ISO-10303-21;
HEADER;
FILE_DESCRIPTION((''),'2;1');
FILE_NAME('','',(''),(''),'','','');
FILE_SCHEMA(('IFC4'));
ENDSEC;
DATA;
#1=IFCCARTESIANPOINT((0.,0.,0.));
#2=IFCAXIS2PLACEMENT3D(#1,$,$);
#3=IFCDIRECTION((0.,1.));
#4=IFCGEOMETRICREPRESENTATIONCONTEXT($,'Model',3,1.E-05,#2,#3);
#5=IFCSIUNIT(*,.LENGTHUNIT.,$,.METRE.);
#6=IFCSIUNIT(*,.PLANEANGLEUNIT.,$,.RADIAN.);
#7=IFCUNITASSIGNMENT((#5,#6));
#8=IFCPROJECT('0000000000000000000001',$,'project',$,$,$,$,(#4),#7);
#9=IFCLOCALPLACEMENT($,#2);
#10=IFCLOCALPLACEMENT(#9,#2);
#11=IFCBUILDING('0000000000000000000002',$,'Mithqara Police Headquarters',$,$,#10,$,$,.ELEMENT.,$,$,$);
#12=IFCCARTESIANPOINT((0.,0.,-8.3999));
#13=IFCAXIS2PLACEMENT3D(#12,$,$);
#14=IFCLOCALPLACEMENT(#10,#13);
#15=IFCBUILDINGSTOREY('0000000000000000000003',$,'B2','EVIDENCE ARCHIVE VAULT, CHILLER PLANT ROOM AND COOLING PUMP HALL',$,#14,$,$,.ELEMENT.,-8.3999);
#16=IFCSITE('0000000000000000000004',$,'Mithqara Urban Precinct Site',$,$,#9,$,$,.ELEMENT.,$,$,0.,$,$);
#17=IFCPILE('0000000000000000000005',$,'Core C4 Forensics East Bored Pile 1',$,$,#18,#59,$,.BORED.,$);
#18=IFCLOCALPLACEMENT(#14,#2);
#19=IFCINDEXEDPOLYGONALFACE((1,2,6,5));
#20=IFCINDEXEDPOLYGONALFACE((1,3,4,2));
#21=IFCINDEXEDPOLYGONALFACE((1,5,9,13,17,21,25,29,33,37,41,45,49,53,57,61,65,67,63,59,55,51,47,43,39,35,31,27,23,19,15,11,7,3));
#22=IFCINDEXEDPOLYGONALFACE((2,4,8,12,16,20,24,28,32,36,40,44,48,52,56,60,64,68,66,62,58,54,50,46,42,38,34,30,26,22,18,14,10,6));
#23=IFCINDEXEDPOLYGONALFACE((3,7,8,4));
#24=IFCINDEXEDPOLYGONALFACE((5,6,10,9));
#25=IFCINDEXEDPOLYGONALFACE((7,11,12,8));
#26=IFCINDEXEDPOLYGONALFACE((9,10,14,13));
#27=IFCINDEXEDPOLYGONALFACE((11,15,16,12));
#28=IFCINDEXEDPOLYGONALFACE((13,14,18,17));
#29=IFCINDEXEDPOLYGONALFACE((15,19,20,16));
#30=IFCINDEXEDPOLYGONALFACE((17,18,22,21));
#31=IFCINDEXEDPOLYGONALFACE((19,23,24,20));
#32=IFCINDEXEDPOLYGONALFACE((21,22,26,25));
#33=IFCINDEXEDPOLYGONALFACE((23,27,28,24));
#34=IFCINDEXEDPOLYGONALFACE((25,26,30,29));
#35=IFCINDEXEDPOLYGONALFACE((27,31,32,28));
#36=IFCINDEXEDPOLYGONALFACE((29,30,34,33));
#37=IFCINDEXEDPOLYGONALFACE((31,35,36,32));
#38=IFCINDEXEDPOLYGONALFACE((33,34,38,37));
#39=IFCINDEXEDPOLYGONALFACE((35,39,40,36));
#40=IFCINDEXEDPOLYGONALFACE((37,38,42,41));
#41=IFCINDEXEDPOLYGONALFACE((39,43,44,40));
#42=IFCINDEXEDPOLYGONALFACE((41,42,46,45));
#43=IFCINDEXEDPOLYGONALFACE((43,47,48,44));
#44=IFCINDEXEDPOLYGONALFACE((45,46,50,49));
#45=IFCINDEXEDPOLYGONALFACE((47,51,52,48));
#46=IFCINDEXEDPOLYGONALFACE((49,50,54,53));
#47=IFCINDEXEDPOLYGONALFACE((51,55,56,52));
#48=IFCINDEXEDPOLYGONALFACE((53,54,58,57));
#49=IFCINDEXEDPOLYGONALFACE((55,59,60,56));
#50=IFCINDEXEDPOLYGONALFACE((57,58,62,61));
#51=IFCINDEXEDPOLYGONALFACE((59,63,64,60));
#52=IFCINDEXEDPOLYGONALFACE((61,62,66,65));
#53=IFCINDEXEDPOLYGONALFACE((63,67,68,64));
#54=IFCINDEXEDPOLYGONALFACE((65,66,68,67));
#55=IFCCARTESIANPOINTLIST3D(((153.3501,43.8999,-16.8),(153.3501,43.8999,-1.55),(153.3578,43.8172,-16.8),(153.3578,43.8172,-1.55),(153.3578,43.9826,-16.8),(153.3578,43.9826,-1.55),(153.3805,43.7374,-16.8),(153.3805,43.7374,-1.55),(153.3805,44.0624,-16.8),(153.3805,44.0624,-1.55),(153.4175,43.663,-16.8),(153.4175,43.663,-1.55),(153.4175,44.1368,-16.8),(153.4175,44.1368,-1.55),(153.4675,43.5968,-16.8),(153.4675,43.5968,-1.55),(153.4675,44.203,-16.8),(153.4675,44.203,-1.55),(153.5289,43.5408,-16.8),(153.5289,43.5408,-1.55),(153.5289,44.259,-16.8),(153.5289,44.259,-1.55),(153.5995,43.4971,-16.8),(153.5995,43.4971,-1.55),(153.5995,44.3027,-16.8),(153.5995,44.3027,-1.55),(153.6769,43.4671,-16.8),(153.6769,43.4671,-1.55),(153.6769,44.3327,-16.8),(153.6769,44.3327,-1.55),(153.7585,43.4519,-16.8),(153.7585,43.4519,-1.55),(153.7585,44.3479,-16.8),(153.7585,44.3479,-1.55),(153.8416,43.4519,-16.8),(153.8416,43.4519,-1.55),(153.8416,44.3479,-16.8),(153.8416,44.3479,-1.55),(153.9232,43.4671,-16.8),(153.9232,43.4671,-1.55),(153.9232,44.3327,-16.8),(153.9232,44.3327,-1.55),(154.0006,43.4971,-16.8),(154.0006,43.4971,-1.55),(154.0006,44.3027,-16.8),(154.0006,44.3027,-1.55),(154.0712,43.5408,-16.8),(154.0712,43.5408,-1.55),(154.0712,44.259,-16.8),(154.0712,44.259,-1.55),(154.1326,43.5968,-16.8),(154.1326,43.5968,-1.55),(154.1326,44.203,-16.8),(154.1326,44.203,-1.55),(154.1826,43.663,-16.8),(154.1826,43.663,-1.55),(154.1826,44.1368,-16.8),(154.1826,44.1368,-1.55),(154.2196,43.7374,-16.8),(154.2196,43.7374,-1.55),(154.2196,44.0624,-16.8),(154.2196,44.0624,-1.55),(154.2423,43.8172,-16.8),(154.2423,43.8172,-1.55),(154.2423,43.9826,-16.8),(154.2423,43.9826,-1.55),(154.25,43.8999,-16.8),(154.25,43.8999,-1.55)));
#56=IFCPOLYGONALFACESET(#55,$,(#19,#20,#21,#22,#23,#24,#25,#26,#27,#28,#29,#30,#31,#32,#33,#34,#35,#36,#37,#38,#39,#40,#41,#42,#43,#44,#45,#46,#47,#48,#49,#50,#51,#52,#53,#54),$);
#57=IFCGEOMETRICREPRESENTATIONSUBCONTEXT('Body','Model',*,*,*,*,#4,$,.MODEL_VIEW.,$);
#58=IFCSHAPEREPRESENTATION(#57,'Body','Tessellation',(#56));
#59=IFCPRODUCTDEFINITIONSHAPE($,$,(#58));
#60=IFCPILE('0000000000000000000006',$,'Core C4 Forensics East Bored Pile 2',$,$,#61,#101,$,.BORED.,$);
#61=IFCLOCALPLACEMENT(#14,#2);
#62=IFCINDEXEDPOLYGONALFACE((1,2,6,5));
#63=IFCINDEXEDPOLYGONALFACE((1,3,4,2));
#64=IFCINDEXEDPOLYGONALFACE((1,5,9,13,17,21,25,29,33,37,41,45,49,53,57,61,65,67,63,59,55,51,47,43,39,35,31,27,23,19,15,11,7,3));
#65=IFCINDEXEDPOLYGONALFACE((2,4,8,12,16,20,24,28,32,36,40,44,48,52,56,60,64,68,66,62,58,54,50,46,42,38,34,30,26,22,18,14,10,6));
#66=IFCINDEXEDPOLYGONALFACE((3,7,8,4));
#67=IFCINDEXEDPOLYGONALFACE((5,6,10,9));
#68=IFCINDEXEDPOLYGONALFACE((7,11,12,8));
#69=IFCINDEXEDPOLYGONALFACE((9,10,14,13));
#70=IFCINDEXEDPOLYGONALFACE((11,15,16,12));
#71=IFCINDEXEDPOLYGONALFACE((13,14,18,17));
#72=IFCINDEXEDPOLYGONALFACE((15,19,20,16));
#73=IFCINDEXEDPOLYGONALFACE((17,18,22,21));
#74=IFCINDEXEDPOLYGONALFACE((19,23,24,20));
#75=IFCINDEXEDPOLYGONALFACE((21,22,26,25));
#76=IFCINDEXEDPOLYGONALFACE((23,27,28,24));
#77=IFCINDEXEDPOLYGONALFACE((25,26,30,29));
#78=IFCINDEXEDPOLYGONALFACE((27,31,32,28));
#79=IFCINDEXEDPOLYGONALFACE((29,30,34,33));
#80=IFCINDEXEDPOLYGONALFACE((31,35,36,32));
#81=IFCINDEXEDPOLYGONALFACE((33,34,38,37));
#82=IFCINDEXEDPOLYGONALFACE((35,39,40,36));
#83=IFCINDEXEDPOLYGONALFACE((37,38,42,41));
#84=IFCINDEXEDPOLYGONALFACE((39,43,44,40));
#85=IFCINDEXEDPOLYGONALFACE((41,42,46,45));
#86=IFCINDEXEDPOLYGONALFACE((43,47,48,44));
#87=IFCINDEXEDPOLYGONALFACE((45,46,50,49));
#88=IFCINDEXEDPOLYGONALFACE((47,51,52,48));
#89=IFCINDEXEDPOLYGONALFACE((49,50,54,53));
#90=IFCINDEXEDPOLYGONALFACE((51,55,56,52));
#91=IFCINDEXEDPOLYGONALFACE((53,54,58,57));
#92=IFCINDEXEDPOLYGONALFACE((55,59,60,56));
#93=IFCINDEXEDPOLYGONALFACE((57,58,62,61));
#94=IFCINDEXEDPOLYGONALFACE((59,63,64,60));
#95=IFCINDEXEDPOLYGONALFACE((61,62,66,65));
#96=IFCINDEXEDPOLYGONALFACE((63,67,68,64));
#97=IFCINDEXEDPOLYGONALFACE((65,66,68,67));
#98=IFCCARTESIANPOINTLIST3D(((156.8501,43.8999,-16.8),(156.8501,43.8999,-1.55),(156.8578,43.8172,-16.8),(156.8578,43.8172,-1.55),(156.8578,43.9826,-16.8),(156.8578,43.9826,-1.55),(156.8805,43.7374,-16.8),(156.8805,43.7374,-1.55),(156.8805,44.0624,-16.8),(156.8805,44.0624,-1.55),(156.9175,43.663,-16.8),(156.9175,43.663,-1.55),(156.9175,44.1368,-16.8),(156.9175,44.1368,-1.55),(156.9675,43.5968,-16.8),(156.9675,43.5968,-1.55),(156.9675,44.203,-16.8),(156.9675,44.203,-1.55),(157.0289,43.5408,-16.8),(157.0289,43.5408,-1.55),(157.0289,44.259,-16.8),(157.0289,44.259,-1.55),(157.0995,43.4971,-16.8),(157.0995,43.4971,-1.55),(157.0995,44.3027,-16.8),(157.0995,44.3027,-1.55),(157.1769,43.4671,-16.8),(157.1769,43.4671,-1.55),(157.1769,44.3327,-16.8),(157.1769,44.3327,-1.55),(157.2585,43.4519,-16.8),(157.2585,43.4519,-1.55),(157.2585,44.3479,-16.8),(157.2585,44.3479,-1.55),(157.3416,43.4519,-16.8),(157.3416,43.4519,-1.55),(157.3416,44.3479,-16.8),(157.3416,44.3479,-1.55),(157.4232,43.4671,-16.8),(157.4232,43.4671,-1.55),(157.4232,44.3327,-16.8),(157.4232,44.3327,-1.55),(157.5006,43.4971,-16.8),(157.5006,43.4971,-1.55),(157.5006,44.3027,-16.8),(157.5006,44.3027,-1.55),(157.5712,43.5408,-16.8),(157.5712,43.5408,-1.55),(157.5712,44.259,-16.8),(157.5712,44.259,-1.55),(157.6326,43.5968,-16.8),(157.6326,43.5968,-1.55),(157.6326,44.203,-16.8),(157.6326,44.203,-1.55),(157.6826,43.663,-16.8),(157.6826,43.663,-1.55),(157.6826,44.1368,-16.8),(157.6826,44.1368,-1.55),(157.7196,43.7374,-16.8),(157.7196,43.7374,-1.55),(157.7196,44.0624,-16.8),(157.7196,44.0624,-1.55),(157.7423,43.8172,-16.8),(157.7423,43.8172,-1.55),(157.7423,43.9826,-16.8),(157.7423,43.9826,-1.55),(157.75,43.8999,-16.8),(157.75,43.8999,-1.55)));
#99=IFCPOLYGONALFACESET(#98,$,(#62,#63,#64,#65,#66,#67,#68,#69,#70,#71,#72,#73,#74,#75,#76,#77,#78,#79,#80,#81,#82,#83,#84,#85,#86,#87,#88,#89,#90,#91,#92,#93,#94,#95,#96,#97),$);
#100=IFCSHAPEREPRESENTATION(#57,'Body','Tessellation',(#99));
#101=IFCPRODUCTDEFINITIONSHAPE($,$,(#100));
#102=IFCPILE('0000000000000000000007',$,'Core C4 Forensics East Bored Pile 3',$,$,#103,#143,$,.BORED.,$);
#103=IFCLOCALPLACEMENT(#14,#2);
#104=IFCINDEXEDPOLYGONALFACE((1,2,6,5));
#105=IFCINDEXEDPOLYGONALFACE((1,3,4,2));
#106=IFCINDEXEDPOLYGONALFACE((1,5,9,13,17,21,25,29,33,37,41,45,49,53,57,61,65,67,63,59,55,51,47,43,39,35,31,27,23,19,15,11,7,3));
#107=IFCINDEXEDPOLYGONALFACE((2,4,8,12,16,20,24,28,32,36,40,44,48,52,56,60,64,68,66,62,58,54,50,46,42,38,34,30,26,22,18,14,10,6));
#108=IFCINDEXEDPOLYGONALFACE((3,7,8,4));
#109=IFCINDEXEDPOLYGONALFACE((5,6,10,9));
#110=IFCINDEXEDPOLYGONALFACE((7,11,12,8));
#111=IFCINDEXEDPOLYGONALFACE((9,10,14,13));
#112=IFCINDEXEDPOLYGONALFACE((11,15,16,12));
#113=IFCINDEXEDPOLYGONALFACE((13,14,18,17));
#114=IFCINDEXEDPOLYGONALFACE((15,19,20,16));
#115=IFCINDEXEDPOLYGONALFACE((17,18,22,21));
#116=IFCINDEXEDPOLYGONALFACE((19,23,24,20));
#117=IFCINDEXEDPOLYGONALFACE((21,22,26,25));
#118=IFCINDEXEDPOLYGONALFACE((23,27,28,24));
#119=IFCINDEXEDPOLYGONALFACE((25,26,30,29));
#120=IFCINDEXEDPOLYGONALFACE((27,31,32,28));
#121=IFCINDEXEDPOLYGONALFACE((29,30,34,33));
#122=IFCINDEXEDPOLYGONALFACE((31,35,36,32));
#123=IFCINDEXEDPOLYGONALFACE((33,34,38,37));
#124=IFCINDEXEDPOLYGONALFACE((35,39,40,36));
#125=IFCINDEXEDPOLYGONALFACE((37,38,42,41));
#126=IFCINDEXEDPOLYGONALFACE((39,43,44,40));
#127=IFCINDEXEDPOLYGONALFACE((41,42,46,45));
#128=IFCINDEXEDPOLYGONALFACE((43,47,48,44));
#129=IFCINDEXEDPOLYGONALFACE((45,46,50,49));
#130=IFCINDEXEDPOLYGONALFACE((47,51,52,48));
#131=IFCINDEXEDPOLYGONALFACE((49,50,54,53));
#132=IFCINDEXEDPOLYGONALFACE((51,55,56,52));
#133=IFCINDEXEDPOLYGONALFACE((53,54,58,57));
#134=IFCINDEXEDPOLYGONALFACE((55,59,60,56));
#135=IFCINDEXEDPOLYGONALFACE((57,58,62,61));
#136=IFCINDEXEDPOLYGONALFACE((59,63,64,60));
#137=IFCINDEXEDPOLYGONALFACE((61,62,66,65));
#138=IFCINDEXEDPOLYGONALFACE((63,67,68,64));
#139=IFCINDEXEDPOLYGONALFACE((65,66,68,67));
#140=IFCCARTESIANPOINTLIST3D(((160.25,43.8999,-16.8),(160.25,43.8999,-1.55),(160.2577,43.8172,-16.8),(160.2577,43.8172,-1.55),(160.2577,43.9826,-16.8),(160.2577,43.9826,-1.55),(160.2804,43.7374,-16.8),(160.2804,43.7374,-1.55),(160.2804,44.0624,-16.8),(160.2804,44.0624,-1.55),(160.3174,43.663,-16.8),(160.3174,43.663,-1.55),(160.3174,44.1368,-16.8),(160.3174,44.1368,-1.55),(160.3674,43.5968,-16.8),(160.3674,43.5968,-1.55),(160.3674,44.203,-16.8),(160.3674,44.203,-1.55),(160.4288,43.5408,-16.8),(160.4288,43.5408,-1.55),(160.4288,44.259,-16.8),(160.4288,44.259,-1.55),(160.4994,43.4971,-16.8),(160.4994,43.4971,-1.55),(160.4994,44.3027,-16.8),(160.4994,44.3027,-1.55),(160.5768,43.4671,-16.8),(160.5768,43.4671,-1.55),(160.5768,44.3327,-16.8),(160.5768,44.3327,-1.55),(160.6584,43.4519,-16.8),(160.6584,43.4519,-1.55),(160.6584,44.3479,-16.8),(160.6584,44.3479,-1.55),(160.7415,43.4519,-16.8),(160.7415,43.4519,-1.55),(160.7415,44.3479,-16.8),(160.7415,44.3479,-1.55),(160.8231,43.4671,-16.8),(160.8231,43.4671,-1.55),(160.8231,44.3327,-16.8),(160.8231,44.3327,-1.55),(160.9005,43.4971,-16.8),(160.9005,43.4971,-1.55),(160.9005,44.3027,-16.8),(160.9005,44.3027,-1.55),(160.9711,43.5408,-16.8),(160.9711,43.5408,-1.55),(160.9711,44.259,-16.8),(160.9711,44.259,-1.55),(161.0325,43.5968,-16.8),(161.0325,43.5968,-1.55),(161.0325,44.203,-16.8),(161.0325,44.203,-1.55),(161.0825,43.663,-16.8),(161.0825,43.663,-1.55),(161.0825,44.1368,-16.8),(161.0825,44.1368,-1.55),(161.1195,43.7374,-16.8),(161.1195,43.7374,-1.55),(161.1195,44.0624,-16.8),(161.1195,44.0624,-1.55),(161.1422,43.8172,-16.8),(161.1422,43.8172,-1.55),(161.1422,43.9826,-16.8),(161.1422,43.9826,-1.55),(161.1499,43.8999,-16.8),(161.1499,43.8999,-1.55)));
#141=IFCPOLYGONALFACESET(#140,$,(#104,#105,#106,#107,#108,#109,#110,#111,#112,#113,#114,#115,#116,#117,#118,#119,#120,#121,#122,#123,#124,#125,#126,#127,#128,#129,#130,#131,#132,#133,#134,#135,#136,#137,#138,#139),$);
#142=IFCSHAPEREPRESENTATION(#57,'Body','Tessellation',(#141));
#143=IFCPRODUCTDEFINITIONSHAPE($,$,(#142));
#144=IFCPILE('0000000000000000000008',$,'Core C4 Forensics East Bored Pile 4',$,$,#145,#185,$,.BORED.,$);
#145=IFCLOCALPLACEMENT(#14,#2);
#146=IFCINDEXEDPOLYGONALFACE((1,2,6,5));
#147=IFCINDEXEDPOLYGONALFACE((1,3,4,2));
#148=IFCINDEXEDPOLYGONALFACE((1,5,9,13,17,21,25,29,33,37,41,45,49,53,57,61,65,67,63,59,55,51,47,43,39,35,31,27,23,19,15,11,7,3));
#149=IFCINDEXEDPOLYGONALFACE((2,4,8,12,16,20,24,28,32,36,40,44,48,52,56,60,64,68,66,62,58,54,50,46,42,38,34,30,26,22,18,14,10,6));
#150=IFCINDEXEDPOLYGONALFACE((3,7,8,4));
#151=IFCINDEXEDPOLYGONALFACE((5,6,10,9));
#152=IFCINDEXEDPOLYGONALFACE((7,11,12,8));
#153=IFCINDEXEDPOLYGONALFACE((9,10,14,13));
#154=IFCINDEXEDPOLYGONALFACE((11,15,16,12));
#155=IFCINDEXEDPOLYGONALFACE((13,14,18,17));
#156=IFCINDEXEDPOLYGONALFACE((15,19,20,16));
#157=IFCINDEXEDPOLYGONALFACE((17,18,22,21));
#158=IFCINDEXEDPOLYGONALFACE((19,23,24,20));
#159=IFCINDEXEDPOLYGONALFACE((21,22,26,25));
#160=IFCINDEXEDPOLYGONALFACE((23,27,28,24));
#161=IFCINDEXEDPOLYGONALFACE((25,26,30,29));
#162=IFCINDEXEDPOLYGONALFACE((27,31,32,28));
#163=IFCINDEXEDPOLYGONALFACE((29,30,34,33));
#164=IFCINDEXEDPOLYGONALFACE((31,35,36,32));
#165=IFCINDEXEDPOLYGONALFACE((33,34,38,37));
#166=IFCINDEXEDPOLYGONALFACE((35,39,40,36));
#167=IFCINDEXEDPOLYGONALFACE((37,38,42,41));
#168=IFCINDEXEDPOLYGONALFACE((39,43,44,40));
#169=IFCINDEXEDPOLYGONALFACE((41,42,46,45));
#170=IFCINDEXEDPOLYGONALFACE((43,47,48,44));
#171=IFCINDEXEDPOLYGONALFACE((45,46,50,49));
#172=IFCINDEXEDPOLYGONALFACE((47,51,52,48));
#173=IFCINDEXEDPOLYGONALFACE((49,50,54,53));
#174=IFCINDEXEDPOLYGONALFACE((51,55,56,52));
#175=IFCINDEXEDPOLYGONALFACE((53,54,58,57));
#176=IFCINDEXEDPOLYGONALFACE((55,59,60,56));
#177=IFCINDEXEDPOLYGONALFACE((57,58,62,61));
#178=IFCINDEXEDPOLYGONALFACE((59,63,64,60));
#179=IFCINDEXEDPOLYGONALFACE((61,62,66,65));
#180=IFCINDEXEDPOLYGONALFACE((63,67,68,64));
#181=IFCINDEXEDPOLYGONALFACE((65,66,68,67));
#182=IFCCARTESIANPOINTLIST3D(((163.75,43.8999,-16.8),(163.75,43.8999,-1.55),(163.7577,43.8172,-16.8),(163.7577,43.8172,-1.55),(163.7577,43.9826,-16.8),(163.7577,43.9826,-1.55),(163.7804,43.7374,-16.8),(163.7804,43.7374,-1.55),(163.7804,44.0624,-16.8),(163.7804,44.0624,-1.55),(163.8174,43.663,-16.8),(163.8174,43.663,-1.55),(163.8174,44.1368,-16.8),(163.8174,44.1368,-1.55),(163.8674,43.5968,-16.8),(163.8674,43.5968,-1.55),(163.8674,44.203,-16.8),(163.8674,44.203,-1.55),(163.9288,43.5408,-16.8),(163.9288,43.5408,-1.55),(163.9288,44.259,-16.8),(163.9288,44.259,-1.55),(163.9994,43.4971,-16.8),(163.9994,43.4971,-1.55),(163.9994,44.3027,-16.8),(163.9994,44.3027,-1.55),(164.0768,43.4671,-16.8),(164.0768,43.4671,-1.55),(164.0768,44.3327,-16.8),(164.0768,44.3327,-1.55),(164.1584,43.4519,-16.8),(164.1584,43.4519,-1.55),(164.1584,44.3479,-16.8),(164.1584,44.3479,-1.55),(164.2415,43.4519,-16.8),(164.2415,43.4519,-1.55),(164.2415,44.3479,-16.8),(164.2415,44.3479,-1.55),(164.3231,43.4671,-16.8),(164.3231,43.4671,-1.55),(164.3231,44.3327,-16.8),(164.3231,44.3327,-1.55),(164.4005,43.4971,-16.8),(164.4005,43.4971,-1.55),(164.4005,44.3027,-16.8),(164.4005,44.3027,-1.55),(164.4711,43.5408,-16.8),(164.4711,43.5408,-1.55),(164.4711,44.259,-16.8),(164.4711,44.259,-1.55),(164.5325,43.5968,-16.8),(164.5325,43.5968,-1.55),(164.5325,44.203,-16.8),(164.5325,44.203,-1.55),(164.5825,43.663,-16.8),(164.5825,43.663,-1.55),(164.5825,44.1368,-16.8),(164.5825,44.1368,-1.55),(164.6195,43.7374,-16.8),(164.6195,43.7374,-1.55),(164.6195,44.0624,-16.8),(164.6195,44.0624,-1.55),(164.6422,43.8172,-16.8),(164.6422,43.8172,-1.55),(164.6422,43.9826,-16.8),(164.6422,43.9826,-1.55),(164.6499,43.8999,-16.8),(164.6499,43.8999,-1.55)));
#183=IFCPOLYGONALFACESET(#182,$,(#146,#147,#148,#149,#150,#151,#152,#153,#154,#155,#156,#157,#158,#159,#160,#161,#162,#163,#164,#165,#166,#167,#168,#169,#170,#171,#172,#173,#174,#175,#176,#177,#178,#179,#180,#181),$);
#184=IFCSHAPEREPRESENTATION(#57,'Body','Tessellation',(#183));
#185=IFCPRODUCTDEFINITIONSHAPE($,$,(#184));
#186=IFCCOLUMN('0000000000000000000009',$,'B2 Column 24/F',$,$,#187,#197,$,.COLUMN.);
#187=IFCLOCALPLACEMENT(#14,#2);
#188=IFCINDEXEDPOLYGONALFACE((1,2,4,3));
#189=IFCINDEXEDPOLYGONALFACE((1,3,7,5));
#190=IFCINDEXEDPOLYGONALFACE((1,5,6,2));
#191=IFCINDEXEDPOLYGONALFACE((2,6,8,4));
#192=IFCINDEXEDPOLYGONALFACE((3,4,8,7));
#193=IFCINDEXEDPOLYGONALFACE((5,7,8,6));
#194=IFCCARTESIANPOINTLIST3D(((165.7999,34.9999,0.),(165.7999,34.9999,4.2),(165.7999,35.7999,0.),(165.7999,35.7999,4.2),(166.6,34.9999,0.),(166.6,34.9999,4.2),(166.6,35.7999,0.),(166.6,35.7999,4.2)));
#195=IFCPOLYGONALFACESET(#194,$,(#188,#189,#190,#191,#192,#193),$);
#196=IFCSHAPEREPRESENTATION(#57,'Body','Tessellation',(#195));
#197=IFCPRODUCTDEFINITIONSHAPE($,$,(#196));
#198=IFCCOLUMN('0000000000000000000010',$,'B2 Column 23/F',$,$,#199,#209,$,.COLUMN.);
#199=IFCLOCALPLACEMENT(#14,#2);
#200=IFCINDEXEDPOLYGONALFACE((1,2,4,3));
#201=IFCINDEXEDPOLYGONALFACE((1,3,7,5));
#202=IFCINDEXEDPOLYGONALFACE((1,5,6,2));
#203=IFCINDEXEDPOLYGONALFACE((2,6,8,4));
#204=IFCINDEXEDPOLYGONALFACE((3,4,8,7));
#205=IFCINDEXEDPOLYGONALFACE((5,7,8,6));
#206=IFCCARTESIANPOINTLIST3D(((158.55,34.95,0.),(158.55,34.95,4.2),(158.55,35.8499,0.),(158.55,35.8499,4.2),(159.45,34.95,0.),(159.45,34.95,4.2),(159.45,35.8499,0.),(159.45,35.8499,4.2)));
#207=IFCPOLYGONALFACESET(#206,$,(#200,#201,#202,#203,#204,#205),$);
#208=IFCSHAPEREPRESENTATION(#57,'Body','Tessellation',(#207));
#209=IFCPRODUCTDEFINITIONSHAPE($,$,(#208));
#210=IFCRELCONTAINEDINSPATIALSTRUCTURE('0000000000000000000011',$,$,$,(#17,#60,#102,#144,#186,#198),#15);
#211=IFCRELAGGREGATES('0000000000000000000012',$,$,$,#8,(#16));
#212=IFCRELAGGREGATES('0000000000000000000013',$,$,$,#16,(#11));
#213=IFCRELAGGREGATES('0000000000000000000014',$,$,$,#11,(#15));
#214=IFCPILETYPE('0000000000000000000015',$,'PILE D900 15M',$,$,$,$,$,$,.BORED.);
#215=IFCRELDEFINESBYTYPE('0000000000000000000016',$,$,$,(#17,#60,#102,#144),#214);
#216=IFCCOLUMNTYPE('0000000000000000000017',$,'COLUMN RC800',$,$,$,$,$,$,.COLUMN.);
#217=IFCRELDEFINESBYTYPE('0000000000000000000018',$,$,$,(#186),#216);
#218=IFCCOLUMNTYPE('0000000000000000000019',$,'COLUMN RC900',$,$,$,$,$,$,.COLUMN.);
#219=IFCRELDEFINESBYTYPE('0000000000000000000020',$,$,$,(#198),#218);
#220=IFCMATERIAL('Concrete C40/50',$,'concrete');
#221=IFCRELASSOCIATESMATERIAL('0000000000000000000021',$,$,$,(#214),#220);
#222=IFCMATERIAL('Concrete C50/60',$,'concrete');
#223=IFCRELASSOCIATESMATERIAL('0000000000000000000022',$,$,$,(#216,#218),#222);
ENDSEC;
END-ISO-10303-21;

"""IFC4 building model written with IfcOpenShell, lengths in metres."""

from ifc_helpers import new_model, si_unit, direction, frame, origin, origin_2d, place, context, subcontext, project, spatial, rectangle, circle, extrude, material, material_profile, profile_set, type_object, element, save


model = new_model("IFC4")

# Units and contexts
model_context = context("Model", 3, precision=1e-05, world=origin(), true_north=direction((0.0, 1.0)))
body_context = subcontext(model_context, "Body", "Model", "MODEL_VIEW")
ifc_project = project(units=[si_unit("LENGTHUNIT", "METRE"), si_unit("PLANEANGLEUNIT", "RADIAN")], contexts=[model_context])

# Site, building, storey
site_placement = place(None, origin())
site = spatial("IfcSite", under=ifc_project, at=site_placement, Name="Mithqara Urban Precinct Site", CompositionType="ELEMENT", RefElevation=0.0)
building_placement = place(site_placement, origin())
building = spatial("IfcBuilding", under=site, at=building_placement, Name="Mithqara Police Headquarters", CompositionType="ELEMENT")
storey_placement = place(building_placement, frame((0.0, 0.0, -8.3999)))
storey = spatial("IfcBuildingStorey", under=building, at=storey_placement, Name="B2", Description="EVIDENCE ARCHIVE VAULT, CHILLER PLANT ROOM AND COOLING PUMP HALL", CompositionType="ELEMENT", Elevation=-8.3999)

# Shared definitions
ifc_material_1 = material(Name="Concrete C40/50", Category="concrete")

# Piles
ifc_material_profile_1 = material_profile(ifc_material_1, circle(Radius=0.45, at=origin_2d()), Name="PILE D900")
ifc_profile_set_1 = profile_set([ifc_material_profile_1], Name="Concrete C40/50")
pile_type_1 = type_object("IfcPileType", Name="PILE D900 15M", PredefinedType="BORED", material=ifc_profile_set_1)
for number, where, z_axis, x_axis, name in (
    (1, (153.8, 43.8999, -1.55), (0.0, 0.0, -1.0), (1.0, 0.0, 0.0), "Core C4 Forensics East Bored Pile 1"),
    (2, (157.3, 43.8999, -1.55), (0.0, 0.0, -1.0), (1.0, 0.0, 0.0), "Core C4 Forensics East Bored Pile 2"),
    (3, (160.7, 43.8999, -1.55), (0.0, 0.0, -1.0), (1.0, 0.0, 0.0), "Core C4 Forensics East Bored Pile 3"),
    (4, (164.2, 43.8999, -1.55), (0.0, 0.0, -1.0), (1.0, 0.0, 0.0), "Core C4 Forensics East Bored Pile 4"),
):
    element("IfcPile", number, at=place(storey_placement, frame(where, z_axis=z_axis, x_axis=x_axis)), inside=storey, type_object=pile_type_1, Name=name, PredefinedType="BORED", context=body_context, shape_type="SweptSolid", body=[
        extrude(circle(Radius=0.45, at=origin_2d()), origin(), (0.0, 0.0, 1.0), 15.25),
    ])

# Columns
ifc_material_2 = material(Name="Concrete C50/60", Category="concrete")
ifc_material_profile_2 = material_profile(ifc_material_2, rectangle(XDim=0.8, YDim=0.8, at=origin_2d()), Name="RC 800x800")
ifc_profile_set_2 = profile_set([ifc_material_profile_2], Name="Concrete C50/60")
column_type_1 = type_object("IfcColumnType", Name="COLUMN RC800", PredefinedType="COLUMN", material=ifc_profile_set_2)
column_1_placement = place(storey_placement, frame((166.2, 35.3999, 0.0), z_axis=(0.0, 0.0, 1.0), x_axis=(1.0, 0.0, 0.0)))
element("IfcColumn", 5, at=column_1_placement, inside=storey, type_object=column_type_1, Name="B2 Column 24/F", PredefinedType="COLUMN", context=body_context, shape_type="SweptSolid", body=[
    extrude(rectangle(XDim=0.8, YDim=0.8, at=origin_2d()), origin(), (0.0, 0.0, 1.0), 4.2),
])
ifc_material_profile_3 = material_profile(ifc_material_2, rectangle(XDim=0.8999, YDim=0.8999, at=origin_2d()), Name="RC 900x900")
ifc_profile_set_3 = profile_set([ifc_material_profile_3], Name="Concrete C50/60")
column_type_2 = type_object("IfcColumnType", Name="COLUMN RC900", PredefinedType="COLUMN", material=ifc_profile_set_3)
column_2_placement = place(storey_placement, frame((159.0, 35.3999, 0.0), z_axis=(0.0, 0.0, 1.0), x_axis=(1.0, 0.0, 0.0)))
element("IfcColumn", 6, at=column_2_placement, inside=storey, type_object=column_type_2, Name="B2 Column 23/F", PredefinedType="COLUMN", context=body_context, shape_type="SweptSolid", body=[
    extrude(rectangle(XDim=0.8999, YDim=0.8999, at=origin_2d()), origin(), (0.0, 0.0, 1.0), 4.2),
])

save(model, "model.ifc")
